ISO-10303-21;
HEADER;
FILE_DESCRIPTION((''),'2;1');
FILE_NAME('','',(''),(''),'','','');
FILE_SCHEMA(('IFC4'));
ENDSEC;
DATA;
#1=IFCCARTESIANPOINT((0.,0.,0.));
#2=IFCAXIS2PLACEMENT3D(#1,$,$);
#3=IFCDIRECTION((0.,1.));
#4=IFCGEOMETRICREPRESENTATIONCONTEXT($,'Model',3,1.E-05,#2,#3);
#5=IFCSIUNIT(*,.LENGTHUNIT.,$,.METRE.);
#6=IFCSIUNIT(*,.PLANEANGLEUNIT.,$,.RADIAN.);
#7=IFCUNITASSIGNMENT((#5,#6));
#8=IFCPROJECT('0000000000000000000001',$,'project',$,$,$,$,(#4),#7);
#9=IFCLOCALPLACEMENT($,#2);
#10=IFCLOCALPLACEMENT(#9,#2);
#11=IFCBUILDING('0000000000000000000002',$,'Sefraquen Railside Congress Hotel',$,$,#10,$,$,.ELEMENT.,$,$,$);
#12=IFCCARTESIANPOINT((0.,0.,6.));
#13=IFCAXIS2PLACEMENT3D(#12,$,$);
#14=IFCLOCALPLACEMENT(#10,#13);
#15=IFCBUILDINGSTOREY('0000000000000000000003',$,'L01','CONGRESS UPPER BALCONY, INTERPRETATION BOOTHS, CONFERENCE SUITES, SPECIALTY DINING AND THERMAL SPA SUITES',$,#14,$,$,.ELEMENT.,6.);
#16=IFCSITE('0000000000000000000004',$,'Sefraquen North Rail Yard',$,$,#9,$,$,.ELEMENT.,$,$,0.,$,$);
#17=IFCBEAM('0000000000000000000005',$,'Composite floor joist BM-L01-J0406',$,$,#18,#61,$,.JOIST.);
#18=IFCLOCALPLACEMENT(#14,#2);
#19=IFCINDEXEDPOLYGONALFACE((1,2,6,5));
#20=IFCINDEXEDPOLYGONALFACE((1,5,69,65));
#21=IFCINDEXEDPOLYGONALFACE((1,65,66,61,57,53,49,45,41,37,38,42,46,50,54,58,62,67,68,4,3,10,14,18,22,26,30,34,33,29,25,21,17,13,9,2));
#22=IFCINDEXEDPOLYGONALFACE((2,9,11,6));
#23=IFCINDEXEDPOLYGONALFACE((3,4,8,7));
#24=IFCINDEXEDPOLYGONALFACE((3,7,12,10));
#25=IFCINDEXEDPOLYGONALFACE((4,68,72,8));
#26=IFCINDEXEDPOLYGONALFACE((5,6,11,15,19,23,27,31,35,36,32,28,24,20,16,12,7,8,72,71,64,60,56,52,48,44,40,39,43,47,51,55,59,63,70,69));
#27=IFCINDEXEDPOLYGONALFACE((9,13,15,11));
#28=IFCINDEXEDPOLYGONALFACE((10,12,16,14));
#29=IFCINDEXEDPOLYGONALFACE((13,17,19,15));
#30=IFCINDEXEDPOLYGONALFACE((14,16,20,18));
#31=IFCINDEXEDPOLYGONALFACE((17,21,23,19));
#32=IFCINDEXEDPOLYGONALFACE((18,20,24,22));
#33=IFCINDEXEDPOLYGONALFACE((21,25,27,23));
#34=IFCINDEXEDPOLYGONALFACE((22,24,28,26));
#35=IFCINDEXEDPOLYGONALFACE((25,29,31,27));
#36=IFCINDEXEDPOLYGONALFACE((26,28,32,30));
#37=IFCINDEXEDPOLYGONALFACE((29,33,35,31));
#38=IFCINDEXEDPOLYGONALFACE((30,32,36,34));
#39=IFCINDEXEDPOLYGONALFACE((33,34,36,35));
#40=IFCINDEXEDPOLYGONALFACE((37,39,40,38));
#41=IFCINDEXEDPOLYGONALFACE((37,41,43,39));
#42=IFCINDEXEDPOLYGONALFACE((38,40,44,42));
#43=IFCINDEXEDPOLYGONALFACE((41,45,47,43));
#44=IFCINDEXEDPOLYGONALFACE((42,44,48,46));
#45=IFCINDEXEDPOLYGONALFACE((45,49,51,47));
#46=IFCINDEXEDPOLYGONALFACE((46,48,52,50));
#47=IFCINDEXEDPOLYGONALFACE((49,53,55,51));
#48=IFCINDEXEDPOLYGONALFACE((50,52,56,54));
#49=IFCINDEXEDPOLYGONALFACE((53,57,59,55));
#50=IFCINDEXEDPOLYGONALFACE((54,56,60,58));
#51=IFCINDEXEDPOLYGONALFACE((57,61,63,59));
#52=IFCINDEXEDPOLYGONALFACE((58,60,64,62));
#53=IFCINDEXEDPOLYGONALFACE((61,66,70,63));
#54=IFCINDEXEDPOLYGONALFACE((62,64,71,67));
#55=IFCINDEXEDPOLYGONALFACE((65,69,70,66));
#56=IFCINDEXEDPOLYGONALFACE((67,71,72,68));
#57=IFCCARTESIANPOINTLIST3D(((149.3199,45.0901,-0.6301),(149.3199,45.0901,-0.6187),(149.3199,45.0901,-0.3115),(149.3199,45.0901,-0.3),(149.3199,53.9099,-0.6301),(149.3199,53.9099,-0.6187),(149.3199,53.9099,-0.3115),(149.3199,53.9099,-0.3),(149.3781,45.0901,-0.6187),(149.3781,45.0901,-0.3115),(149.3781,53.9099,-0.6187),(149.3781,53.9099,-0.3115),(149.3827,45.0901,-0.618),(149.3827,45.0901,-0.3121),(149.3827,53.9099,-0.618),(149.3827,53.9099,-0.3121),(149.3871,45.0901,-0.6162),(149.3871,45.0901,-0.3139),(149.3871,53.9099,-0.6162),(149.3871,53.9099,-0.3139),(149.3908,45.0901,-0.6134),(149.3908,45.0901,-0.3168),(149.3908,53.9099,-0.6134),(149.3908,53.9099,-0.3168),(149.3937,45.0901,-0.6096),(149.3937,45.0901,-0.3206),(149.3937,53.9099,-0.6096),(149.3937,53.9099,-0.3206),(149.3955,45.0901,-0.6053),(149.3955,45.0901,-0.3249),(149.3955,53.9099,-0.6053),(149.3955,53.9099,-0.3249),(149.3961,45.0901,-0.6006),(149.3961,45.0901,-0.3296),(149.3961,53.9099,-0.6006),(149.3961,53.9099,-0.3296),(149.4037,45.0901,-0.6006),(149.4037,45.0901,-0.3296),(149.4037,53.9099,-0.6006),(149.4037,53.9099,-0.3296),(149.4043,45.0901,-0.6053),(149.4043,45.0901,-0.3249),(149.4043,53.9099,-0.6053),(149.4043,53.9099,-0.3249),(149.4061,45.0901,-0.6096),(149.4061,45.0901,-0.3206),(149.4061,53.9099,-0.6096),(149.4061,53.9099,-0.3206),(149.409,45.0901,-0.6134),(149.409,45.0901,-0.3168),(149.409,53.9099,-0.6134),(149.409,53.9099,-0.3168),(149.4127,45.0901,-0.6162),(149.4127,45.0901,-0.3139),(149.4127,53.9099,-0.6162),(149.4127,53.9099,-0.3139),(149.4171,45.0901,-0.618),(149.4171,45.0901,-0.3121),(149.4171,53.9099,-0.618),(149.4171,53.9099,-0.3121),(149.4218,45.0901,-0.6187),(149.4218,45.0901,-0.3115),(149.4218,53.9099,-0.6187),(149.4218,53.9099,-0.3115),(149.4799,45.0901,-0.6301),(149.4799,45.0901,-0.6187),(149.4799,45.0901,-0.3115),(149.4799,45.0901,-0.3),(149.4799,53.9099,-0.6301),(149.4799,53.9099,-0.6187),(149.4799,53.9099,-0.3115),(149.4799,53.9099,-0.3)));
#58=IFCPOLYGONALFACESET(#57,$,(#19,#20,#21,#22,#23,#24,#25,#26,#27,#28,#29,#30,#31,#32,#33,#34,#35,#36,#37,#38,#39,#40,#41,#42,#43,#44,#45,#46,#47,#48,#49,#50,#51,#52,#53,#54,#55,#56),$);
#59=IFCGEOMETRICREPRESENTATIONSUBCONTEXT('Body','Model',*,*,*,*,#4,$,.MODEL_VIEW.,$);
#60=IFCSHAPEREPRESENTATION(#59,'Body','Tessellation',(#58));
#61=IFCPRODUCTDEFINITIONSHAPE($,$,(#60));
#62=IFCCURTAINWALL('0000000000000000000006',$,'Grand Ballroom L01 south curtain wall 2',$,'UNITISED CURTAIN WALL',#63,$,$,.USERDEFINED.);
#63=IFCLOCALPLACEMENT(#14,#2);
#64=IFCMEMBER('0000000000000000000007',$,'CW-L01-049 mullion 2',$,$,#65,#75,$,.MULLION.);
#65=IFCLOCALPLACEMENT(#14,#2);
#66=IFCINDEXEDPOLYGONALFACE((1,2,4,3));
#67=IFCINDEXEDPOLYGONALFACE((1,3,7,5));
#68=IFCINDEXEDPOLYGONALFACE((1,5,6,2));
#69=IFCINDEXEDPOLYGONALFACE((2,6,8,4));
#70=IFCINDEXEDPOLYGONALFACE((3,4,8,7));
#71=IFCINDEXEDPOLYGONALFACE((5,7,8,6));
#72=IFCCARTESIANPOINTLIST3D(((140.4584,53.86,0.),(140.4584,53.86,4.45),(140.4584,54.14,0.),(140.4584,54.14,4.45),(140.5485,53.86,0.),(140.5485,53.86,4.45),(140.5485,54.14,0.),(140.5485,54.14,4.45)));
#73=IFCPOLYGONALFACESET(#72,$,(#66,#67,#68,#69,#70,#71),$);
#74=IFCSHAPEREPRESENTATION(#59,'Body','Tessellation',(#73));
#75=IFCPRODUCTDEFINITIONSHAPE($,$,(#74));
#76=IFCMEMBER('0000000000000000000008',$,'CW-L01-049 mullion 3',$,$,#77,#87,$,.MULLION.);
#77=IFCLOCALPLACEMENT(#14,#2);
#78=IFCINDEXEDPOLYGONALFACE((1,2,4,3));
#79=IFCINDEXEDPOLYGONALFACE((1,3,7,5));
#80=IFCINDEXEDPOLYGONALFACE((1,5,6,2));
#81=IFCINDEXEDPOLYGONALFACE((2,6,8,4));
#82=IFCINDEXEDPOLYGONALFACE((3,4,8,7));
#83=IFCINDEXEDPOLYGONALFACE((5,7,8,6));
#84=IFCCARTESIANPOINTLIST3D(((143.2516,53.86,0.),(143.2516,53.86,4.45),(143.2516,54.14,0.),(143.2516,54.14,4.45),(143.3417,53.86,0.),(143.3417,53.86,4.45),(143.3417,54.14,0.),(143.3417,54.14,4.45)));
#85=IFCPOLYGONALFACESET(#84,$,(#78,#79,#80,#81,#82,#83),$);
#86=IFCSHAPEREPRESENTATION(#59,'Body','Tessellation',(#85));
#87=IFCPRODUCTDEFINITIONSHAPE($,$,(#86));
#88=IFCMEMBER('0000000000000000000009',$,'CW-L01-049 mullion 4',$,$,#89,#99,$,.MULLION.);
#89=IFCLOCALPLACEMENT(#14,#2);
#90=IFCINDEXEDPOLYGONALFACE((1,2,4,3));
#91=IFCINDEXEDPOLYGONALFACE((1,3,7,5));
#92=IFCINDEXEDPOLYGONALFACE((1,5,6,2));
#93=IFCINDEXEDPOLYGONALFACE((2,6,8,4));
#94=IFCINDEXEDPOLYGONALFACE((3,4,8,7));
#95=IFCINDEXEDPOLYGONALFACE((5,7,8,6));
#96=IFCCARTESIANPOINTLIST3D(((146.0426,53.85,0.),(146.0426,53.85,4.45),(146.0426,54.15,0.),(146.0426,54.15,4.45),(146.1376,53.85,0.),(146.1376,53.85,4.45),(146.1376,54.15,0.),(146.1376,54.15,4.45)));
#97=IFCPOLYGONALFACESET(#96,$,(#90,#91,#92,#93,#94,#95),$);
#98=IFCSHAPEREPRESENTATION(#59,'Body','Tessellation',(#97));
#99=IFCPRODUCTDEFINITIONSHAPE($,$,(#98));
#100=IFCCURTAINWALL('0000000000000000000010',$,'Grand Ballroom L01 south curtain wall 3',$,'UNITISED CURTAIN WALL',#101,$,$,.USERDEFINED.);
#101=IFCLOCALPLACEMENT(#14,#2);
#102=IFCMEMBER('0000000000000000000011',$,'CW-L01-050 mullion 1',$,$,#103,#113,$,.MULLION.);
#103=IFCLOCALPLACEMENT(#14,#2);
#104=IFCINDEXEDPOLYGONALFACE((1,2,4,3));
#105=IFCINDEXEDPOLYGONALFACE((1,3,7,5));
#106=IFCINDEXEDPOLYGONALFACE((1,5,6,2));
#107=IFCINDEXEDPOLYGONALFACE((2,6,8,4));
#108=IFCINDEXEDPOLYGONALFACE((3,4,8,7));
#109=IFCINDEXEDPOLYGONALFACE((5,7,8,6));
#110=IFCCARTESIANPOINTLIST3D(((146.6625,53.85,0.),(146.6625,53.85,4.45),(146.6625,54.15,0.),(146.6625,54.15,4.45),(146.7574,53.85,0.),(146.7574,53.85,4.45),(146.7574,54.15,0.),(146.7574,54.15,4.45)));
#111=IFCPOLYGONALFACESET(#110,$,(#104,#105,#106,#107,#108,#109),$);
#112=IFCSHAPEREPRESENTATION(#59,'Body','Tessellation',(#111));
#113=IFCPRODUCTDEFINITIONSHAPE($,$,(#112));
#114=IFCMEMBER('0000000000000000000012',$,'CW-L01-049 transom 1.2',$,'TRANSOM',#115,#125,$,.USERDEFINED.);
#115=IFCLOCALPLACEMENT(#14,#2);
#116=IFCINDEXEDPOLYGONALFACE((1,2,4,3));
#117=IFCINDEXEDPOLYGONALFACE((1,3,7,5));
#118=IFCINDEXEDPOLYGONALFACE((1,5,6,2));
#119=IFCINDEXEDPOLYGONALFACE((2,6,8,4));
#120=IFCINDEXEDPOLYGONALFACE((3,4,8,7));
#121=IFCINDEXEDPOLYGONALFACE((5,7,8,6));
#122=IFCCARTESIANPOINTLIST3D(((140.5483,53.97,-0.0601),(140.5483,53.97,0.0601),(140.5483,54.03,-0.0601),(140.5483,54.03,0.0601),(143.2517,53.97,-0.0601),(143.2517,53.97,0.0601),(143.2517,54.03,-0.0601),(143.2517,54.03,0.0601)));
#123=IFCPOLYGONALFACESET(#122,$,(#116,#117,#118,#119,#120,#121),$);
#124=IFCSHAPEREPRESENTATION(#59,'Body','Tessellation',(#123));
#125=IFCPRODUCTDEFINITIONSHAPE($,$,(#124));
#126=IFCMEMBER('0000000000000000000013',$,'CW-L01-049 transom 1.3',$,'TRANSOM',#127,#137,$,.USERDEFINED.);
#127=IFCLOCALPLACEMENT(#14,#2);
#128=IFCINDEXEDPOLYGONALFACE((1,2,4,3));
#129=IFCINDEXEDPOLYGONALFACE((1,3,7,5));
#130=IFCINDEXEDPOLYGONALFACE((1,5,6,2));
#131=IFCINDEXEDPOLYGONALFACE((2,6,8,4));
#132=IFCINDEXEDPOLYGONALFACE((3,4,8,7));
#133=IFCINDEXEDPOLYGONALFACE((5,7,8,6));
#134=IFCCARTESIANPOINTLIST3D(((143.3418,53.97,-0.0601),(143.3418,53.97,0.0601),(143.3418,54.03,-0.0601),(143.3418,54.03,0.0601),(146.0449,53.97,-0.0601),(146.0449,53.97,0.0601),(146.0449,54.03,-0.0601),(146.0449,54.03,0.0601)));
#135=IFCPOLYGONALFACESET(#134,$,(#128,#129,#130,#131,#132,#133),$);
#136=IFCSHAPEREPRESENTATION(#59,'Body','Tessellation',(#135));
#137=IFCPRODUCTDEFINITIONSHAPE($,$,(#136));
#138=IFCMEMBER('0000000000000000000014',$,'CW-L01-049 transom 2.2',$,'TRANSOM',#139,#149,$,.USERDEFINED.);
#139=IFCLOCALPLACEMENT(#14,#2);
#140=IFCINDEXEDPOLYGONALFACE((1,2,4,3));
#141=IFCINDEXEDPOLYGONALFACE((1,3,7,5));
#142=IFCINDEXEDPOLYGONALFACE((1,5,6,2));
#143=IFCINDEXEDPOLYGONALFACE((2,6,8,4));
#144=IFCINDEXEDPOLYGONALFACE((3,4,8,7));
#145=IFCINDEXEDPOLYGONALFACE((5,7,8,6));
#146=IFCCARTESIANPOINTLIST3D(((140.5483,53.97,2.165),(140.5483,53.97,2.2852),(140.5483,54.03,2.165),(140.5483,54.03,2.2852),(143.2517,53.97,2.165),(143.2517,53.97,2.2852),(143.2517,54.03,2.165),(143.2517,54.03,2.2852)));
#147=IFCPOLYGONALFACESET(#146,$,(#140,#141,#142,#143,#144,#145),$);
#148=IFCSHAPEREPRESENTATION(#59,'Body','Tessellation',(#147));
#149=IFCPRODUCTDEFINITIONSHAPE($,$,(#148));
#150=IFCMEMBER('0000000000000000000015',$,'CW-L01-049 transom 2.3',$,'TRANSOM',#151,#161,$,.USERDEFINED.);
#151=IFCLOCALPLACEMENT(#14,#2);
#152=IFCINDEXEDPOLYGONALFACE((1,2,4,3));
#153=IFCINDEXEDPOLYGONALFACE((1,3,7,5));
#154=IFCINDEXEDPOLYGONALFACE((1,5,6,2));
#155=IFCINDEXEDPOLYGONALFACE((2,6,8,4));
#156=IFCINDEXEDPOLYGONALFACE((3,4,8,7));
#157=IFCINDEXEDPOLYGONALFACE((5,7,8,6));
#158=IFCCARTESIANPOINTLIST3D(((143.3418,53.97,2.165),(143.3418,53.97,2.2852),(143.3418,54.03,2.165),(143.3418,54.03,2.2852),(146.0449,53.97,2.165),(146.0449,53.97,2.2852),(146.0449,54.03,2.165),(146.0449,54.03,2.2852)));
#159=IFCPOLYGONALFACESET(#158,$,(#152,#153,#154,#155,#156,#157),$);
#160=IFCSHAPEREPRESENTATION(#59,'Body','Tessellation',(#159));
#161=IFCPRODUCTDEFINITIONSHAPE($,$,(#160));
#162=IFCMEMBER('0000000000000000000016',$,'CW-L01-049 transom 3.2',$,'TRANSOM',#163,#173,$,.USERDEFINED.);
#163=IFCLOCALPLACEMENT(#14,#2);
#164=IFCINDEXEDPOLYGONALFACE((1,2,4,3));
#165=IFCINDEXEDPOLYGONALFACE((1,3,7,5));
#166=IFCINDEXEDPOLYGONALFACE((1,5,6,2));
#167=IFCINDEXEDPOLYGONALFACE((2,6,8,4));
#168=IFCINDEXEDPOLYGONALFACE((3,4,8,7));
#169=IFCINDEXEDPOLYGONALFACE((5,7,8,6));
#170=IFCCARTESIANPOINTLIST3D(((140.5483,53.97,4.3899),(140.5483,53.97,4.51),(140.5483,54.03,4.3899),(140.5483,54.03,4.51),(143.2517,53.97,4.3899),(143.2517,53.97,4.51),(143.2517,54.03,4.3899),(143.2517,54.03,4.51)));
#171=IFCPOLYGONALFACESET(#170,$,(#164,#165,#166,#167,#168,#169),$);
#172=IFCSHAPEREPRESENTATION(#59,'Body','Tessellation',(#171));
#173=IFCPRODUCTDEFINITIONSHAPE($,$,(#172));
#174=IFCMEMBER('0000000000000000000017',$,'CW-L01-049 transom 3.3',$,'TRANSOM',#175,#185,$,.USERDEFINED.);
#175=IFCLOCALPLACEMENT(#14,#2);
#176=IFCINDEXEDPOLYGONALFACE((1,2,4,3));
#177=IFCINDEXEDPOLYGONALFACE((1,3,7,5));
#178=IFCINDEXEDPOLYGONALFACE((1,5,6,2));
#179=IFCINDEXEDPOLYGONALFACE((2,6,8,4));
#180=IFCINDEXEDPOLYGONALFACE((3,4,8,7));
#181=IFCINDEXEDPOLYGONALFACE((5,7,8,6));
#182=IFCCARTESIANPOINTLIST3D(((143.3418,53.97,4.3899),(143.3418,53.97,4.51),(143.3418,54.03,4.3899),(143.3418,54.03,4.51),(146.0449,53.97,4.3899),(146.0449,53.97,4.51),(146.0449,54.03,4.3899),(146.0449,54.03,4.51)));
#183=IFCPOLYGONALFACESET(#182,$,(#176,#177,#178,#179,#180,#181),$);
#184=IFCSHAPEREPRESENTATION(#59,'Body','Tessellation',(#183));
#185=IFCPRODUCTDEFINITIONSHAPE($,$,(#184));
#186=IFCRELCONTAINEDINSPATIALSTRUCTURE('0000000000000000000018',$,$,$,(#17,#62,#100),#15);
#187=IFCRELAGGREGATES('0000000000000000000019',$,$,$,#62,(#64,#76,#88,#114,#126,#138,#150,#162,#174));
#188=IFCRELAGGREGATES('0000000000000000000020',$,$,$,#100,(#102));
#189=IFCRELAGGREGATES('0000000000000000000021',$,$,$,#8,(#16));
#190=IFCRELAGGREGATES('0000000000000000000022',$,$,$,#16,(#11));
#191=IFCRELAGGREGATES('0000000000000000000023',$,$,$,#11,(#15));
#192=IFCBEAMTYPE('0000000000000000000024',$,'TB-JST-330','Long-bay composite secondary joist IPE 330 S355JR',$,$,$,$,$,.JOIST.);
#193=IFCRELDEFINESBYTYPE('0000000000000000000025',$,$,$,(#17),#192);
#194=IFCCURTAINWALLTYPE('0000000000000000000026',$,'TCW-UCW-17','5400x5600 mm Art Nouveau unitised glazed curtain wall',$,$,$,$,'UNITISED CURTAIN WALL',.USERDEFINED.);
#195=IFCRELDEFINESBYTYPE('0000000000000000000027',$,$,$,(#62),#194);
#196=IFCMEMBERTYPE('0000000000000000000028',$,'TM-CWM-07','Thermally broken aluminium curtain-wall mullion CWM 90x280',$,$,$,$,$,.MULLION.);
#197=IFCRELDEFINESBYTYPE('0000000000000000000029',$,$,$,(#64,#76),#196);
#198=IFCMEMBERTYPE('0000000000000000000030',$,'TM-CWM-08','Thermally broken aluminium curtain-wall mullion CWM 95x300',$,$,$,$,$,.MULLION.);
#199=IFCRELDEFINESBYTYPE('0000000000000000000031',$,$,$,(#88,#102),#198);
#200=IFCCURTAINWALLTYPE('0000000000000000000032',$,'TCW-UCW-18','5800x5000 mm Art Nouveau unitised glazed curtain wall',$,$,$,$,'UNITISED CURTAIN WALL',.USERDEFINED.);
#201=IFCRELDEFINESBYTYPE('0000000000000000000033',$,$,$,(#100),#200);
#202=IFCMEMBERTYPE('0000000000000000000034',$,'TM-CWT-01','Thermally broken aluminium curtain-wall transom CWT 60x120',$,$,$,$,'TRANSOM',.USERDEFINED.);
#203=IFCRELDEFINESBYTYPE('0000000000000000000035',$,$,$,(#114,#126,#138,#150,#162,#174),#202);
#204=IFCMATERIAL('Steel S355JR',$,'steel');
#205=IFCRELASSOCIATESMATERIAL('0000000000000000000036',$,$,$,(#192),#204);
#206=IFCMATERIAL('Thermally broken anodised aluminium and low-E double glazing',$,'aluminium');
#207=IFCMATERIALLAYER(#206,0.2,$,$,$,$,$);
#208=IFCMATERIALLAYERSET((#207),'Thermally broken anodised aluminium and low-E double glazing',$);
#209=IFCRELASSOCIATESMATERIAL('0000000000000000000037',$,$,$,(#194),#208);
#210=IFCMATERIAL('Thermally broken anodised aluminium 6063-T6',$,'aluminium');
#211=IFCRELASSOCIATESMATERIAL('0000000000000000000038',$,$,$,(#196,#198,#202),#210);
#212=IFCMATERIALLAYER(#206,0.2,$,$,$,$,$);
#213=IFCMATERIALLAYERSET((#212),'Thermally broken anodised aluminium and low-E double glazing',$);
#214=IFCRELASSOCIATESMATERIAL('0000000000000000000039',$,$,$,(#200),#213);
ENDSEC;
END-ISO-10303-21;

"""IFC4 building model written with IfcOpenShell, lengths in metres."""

from ifc_helpers import new_model, si_unit, direction, frame, origin, origin_2d, place, context, subcontext, project, spatial, rectangle, i_section, extrude, material, layer, layer_set, material_profile, profile_set, type_object, element, aggregate, save


model = new_model("IFC4")

# Units and contexts
model_context = context("Model", 3, precision=1e-05, world=origin(), true_north=direction((0.0, 1.0)))
body_context = subcontext(model_context, "Body", "Model", "MODEL_VIEW")
ifc_project = project(units=[si_unit("LENGTHUNIT", "METRE"), si_unit("PLANEANGLEUNIT", "RADIAN")], contexts=[model_context])

# Site, building, storey
site_placement = place(None, origin())
site = spatial("IfcSite", under=ifc_project, at=site_placement, Name="Sefraquen North Rail Yard", CompositionType="ELEMENT", RefElevation=0.0)
building_placement = place(site_placement, origin())
building = spatial("IfcBuilding", under=site, at=building_placement, Name="Sefraquen Railside Congress Hotel", CompositionType="ELEMENT")
storey_placement = place(building_placement, frame((0.0, 0.0, 6.0)))
storey = spatial("IfcBuildingStorey", under=building, at=storey_placement, Name="L01", Description="CONGRESS UPPER BALCONY, INTERPRETATION BOOTHS, CONFERENCE SUITES, SPECIALTY DINING AND THERMAL SPA SUITES", CompositionType="ELEMENT", Elevation=6.0)

# Shared definitions
ifc_material_1 = material(Name="Steel S355JR", Category="steel")

# Beam
ifc_material_profile_1 = material_profile(ifc_material_1, i_section(OverallWidth=0.1599, OverallDepth=0.3301, WebThickness=0.0076, FlangeThickness=0.0115, FilletRadius=0.0181, at=origin_2d()), Name="IPE 330")
ifc_profile_set_1 = profile_set([ifc_material_profile_1], Name="Steel S355JR")
beam_type_1 = type_object("IfcBeamType", Name="TB-JST-330", Description="Long-bay composite secondary joist IPE 330 S355JR", PredefinedType="JOIST", material=ifc_profile_set_1)
for number, where, z_axis, x_axis, name in (
    (1, (149.3999, 45.0901, -0.4651), (0.0, 1.0, 0.0), (-1.0, 0.0, 0.0), "Composite floor joist BM-L01-J0406"),
):
    element("IfcBeam", number, at=place(storey_placement, frame(where, z_axis=z_axis, x_axis=x_axis)), inside=storey, type_object=beam_type_1, Name=name, PredefinedType="JOIST", context=body_context, shape_type="SweptSolid", body=[
        extrude(i_section(OverallWidth=0.1599, OverallDepth=0.3301, WebThickness=0.0076, FlangeThickness=0.0115, FilletRadius=0.0181, at=origin_2d()), origin(), (0.0, 0.0, 1.0), 8.8198),
    ])

# Curtain wall, members
ifc_material_2 = material(Name="Thermally broken anodised aluminium and low-E double glazing", Category="aluminium")
ifc_layer_1 = layer(ifc_material_2, 0.2)
ifc_layer_set_1 = layer_set([ifc_layer_1], Name="Thermally broken anodised aluminium and low-E double glazing")
curtain_wall_type_1 = type_object("IfcCurtainWallType", Name="TCW-UCW-17", Description="5400x5600 mm Art Nouveau unitised glazed curtain wall", ElementType="UNITISED CURTAIN WALL", PredefinedType="USERDEFINED", material=ifc_layer_set_1)
curtain_wall_1_placement = place(storey_placement, origin())
curtain_wall_1 = element("IfcCurtainWall", 2, at=curtain_wall_1_placement, inside=storey, type_object=curtain_wall_type_1, Name="Grand Ballroom L01 south curtain wall 2", ObjectType="UNITISED CURTAIN WALL", PredefinedType="USERDEFINED")
ifc_material_3 = material(Name="Thermally broken anodised aluminium 6063-T6", Category="aluminium")
ifc_material_profile_2 = material_profile(ifc_material_3, rectangle(XDim=0.0901, YDim=0.28, at=origin_2d()), Name="CWM 90x280")
ifc_profile_set_2 = profile_set([ifc_material_profile_2], Name="Thermally broken anodised aluminium 6063-T6")
member_type_1 = type_object("IfcMemberType", Name="TM-CWM-07", Description="Thermally broken aluminium curtain-wall mullion CWM 90x280", PredefinedType="MULLION", material=ifc_profile_set_2)
member_1_placement = place(storey_placement, frame((140.5034, 54.0, 0.0), z_axis=(0.0, 0.0, 1.0), x_axis=(1.0, 0.0, 0.0)))
member_1 = element("IfcMember", 3, at=member_1_placement, type_object=member_type_1, Name="CW-L01-049 mullion 2", PredefinedType="MULLION", context=body_context, shape_type="SweptSolid", body=[
    extrude(rectangle(XDim=0.0901, YDim=0.28, at=origin_2d()), origin(), (0.0, 0.0, 1.0), 4.45),
])
member_2_placement = place(storey_placement, frame((143.2966, 54.0, 0.0), z_axis=(0.0, 0.0, 1.0), x_axis=(1.0, 0.0, 0.0)))
member_2 = element("IfcMember", 4, at=member_2_placement, type_object=member_type_1, Name="CW-L01-049 mullion 3", PredefinedType="MULLION", context=body_context, shape_type="SweptSolid", body=[
    extrude(rectangle(XDim=0.0901, YDim=0.28, at=origin_2d()), origin(), (0.0, 0.0, 1.0), 4.45),
])
ifc_material_profile_3 = material_profile(ifc_material_3, rectangle(XDim=0.095, YDim=0.3, at=origin_2d()), Name="CWM 95x300")
ifc_profile_set_3 = profile_set([ifc_material_profile_3], Name="Thermally broken anodised aluminium 6063-T6")
member_type_2 = type_object("IfcMemberType", Name="TM-CWM-08", Description="Thermally broken aluminium curtain-wall mullion CWM 95x300", PredefinedType="MULLION", material=ifc_profile_set_3)
member_3_placement = place(storey_placement, frame((146.0901, 54.0, 0.0), z_axis=(0.0, 0.0, 1.0), x_axis=(1.0, 0.0, 0.0)))
member_3 = element("IfcMember", 5, at=member_3_placement, type_object=member_type_2, Name="CW-L01-049 mullion 4", PredefinedType="MULLION", context=body_context, shape_type="SweptSolid", body=[
    extrude(rectangle(XDim=0.095, YDim=0.3, at=origin_2d()), origin(), (0.0, 0.0, 1.0), 4.45),
])

# Curtain wall, member
ifc_layer_2 = layer(ifc_material_2, 0.2)
ifc_layer_set_2 = layer_set([ifc_layer_2], Name="Thermally broken anodised aluminium and low-E double glazing")
curtain_wall_type_2 = type_object("IfcCurtainWallType", Name="TCW-UCW-18", Description="5800x5000 mm Art Nouveau unitised glazed curtain wall", ElementType="UNITISED CURTAIN WALL", PredefinedType="USERDEFINED", material=ifc_layer_set_2)
curtain_wall_2_placement = place(storey_placement, origin())
curtain_wall_2 = element("IfcCurtainWall", 6, at=curtain_wall_2_placement, inside=storey, type_object=curtain_wall_type_2, Name="Grand Ballroom L01 south curtain wall 3", ObjectType="UNITISED CURTAIN WALL", PredefinedType="USERDEFINED")
member_4_placement = place(storey_placement, frame((146.71, 54.0, 0.0), z_axis=(0.0, 0.0, 1.0), x_axis=(1.0, 0.0, 0.0)))
member_4 = element("IfcMember", 7, at=member_4_placement, type_object=member_type_2, Name="CW-L01-050 mullion 1", PredefinedType="MULLION", context=body_context, shape_type="SweptSolid", body=[
    extrude(rectangle(XDim=0.095, YDim=0.3, at=origin_2d()), origin(), (0.0, 0.0, 1.0), 4.45),
])

# Members
ifc_material_profile_4 = material_profile(ifc_material_3, rectangle(XDim=0.0601, YDim=0.1201, at=origin_2d()), Name="CWT 60x120")
ifc_profile_set_4 = profile_set([ifc_material_profile_4], Name="Thermally broken anodised aluminium 6063-T6")
member_type_3 = type_object("IfcMemberType", Name="TM-CWT-01", Description="Thermally broken aluminium curtain-wall transom CWT 60x120", ElementType="TRANSOM", PredefinedType="USERDEFINED", material=ifc_profile_set_4)
member_5_placement = place(storey_placement, frame((140.5483, 54.0, 0.0), z_axis=(1.0, 0.0, 0.0), x_axis=(0.0, 1.0, 0.0)))
member_5 = element("IfcMember", 8, at=member_5_placement, type_object=member_type_3, Name="CW-L01-049 transom 1.2", ObjectType="TRANSOM", PredefinedType="USERDEFINED", context=body_context, shape_type="SweptSolid", body=[
    extrude(rectangle(XDim=0.0601, YDim=0.1201, at=origin_2d()), origin(), (0.0, 0.0, 1.0), 2.7034),
])
member_6_placement = place(storey_placement, frame((143.3418, 54.0, 0.0), z_axis=(1.0, 0.0, 0.0), x_axis=(0.0, 1.0, 0.0)))
member_6 = element("IfcMember", 9, at=member_6_placement, type_object=member_type_3, Name="CW-L01-049 transom 1.3", ObjectType="TRANSOM", PredefinedType="USERDEFINED", context=body_context, shape_type="SweptSolid", body=[
    extrude(rectangle(XDim=0.0601, YDim=0.1201, at=origin_2d()), origin(), (0.0, 0.0, 1.0), 2.7031),
])
member_7_placement = place(storey_placement, frame((140.5483, 54.0, 2.2251), z_axis=(1.0, 0.0, 0.0), x_axis=(0.0, 1.0, 0.0)))
member_7 = element("IfcMember", 10, at=member_7_placement, type_object=member_type_3, Name="CW-L01-049 transom 2.2", ObjectType="TRANSOM", PredefinedType="USERDEFINED", context=body_context, shape_type="SweptSolid", body=[
    extrude(rectangle(XDim=0.0601, YDim=0.1201, at=origin_2d()), origin(), (0.0, 0.0, 1.0), 2.7034),
])
member_8_placement = place(storey_placement, frame((143.3418, 54.0, 2.2251), z_axis=(1.0, 0.0, 0.0), x_axis=(0.0, 1.0, 0.0)))
member_8 = element("IfcMember", 11, at=member_8_placement, type_object=member_type_3, Name="CW-L01-049 transom 2.3", ObjectType="TRANSOM", PredefinedType="USERDEFINED", context=body_context, shape_type="SweptSolid", body=[
    extrude(rectangle(XDim=0.0601, YDim=0.1201, at=origin_2d()), origin(), (0.0, 0.0, 1.0), 2.7031),
])
member_9_placement = place(storey_placement, frame((140.5483, 54.0, 4.45), z_axis=(1.0, 0.0, 0.0), x_axis=(0.0, 1.0, 0.0)))
member_9 = element("IfcMember", 12, at=member_9_placement, type_object=member_type_3, Name="CW-L01-049 transom 3.2", ObjectType="TRANSOM", PredefinedType="USERDEFINED", context=body_context, shape_type="SweptSolid", body=[
    extrude(rectangle(XDim=0.0601, YDim=0.1201, at=origin_2d()), origin(), (0.0, 0.0, 1.0), 2.7034),
])
member_10_placement = place(storey_placement, frame((143.3418, 54.0, 4.45), z_axis=(1.0, 0.0, 0.0), x_axis=(0.0, 1.0, 0.0)))
member_10 = element("IfcMember", 13, at=member_10_placement, type_object=member_type_3, Name="CW-L01-049 transom 3.3", ObjectType="TRANSOM", PredefinedType="USERDEFINED", context=body_context, shape_type="SweptSolid", body=[
    extrude(rectangle(XDim=0.0601, YDim=0.1201, at=origin_2d()), origin(), (0.0, 0.0, 1.0), 2.7031),
])

aggregate(curtain_wall_1, [member_1, member_2, member_3, member_5, member_6, member_7, member_8, member_9, member_10])
aggregate(curtain_wall_2, [member_4])

save(model, "model.ifc")
